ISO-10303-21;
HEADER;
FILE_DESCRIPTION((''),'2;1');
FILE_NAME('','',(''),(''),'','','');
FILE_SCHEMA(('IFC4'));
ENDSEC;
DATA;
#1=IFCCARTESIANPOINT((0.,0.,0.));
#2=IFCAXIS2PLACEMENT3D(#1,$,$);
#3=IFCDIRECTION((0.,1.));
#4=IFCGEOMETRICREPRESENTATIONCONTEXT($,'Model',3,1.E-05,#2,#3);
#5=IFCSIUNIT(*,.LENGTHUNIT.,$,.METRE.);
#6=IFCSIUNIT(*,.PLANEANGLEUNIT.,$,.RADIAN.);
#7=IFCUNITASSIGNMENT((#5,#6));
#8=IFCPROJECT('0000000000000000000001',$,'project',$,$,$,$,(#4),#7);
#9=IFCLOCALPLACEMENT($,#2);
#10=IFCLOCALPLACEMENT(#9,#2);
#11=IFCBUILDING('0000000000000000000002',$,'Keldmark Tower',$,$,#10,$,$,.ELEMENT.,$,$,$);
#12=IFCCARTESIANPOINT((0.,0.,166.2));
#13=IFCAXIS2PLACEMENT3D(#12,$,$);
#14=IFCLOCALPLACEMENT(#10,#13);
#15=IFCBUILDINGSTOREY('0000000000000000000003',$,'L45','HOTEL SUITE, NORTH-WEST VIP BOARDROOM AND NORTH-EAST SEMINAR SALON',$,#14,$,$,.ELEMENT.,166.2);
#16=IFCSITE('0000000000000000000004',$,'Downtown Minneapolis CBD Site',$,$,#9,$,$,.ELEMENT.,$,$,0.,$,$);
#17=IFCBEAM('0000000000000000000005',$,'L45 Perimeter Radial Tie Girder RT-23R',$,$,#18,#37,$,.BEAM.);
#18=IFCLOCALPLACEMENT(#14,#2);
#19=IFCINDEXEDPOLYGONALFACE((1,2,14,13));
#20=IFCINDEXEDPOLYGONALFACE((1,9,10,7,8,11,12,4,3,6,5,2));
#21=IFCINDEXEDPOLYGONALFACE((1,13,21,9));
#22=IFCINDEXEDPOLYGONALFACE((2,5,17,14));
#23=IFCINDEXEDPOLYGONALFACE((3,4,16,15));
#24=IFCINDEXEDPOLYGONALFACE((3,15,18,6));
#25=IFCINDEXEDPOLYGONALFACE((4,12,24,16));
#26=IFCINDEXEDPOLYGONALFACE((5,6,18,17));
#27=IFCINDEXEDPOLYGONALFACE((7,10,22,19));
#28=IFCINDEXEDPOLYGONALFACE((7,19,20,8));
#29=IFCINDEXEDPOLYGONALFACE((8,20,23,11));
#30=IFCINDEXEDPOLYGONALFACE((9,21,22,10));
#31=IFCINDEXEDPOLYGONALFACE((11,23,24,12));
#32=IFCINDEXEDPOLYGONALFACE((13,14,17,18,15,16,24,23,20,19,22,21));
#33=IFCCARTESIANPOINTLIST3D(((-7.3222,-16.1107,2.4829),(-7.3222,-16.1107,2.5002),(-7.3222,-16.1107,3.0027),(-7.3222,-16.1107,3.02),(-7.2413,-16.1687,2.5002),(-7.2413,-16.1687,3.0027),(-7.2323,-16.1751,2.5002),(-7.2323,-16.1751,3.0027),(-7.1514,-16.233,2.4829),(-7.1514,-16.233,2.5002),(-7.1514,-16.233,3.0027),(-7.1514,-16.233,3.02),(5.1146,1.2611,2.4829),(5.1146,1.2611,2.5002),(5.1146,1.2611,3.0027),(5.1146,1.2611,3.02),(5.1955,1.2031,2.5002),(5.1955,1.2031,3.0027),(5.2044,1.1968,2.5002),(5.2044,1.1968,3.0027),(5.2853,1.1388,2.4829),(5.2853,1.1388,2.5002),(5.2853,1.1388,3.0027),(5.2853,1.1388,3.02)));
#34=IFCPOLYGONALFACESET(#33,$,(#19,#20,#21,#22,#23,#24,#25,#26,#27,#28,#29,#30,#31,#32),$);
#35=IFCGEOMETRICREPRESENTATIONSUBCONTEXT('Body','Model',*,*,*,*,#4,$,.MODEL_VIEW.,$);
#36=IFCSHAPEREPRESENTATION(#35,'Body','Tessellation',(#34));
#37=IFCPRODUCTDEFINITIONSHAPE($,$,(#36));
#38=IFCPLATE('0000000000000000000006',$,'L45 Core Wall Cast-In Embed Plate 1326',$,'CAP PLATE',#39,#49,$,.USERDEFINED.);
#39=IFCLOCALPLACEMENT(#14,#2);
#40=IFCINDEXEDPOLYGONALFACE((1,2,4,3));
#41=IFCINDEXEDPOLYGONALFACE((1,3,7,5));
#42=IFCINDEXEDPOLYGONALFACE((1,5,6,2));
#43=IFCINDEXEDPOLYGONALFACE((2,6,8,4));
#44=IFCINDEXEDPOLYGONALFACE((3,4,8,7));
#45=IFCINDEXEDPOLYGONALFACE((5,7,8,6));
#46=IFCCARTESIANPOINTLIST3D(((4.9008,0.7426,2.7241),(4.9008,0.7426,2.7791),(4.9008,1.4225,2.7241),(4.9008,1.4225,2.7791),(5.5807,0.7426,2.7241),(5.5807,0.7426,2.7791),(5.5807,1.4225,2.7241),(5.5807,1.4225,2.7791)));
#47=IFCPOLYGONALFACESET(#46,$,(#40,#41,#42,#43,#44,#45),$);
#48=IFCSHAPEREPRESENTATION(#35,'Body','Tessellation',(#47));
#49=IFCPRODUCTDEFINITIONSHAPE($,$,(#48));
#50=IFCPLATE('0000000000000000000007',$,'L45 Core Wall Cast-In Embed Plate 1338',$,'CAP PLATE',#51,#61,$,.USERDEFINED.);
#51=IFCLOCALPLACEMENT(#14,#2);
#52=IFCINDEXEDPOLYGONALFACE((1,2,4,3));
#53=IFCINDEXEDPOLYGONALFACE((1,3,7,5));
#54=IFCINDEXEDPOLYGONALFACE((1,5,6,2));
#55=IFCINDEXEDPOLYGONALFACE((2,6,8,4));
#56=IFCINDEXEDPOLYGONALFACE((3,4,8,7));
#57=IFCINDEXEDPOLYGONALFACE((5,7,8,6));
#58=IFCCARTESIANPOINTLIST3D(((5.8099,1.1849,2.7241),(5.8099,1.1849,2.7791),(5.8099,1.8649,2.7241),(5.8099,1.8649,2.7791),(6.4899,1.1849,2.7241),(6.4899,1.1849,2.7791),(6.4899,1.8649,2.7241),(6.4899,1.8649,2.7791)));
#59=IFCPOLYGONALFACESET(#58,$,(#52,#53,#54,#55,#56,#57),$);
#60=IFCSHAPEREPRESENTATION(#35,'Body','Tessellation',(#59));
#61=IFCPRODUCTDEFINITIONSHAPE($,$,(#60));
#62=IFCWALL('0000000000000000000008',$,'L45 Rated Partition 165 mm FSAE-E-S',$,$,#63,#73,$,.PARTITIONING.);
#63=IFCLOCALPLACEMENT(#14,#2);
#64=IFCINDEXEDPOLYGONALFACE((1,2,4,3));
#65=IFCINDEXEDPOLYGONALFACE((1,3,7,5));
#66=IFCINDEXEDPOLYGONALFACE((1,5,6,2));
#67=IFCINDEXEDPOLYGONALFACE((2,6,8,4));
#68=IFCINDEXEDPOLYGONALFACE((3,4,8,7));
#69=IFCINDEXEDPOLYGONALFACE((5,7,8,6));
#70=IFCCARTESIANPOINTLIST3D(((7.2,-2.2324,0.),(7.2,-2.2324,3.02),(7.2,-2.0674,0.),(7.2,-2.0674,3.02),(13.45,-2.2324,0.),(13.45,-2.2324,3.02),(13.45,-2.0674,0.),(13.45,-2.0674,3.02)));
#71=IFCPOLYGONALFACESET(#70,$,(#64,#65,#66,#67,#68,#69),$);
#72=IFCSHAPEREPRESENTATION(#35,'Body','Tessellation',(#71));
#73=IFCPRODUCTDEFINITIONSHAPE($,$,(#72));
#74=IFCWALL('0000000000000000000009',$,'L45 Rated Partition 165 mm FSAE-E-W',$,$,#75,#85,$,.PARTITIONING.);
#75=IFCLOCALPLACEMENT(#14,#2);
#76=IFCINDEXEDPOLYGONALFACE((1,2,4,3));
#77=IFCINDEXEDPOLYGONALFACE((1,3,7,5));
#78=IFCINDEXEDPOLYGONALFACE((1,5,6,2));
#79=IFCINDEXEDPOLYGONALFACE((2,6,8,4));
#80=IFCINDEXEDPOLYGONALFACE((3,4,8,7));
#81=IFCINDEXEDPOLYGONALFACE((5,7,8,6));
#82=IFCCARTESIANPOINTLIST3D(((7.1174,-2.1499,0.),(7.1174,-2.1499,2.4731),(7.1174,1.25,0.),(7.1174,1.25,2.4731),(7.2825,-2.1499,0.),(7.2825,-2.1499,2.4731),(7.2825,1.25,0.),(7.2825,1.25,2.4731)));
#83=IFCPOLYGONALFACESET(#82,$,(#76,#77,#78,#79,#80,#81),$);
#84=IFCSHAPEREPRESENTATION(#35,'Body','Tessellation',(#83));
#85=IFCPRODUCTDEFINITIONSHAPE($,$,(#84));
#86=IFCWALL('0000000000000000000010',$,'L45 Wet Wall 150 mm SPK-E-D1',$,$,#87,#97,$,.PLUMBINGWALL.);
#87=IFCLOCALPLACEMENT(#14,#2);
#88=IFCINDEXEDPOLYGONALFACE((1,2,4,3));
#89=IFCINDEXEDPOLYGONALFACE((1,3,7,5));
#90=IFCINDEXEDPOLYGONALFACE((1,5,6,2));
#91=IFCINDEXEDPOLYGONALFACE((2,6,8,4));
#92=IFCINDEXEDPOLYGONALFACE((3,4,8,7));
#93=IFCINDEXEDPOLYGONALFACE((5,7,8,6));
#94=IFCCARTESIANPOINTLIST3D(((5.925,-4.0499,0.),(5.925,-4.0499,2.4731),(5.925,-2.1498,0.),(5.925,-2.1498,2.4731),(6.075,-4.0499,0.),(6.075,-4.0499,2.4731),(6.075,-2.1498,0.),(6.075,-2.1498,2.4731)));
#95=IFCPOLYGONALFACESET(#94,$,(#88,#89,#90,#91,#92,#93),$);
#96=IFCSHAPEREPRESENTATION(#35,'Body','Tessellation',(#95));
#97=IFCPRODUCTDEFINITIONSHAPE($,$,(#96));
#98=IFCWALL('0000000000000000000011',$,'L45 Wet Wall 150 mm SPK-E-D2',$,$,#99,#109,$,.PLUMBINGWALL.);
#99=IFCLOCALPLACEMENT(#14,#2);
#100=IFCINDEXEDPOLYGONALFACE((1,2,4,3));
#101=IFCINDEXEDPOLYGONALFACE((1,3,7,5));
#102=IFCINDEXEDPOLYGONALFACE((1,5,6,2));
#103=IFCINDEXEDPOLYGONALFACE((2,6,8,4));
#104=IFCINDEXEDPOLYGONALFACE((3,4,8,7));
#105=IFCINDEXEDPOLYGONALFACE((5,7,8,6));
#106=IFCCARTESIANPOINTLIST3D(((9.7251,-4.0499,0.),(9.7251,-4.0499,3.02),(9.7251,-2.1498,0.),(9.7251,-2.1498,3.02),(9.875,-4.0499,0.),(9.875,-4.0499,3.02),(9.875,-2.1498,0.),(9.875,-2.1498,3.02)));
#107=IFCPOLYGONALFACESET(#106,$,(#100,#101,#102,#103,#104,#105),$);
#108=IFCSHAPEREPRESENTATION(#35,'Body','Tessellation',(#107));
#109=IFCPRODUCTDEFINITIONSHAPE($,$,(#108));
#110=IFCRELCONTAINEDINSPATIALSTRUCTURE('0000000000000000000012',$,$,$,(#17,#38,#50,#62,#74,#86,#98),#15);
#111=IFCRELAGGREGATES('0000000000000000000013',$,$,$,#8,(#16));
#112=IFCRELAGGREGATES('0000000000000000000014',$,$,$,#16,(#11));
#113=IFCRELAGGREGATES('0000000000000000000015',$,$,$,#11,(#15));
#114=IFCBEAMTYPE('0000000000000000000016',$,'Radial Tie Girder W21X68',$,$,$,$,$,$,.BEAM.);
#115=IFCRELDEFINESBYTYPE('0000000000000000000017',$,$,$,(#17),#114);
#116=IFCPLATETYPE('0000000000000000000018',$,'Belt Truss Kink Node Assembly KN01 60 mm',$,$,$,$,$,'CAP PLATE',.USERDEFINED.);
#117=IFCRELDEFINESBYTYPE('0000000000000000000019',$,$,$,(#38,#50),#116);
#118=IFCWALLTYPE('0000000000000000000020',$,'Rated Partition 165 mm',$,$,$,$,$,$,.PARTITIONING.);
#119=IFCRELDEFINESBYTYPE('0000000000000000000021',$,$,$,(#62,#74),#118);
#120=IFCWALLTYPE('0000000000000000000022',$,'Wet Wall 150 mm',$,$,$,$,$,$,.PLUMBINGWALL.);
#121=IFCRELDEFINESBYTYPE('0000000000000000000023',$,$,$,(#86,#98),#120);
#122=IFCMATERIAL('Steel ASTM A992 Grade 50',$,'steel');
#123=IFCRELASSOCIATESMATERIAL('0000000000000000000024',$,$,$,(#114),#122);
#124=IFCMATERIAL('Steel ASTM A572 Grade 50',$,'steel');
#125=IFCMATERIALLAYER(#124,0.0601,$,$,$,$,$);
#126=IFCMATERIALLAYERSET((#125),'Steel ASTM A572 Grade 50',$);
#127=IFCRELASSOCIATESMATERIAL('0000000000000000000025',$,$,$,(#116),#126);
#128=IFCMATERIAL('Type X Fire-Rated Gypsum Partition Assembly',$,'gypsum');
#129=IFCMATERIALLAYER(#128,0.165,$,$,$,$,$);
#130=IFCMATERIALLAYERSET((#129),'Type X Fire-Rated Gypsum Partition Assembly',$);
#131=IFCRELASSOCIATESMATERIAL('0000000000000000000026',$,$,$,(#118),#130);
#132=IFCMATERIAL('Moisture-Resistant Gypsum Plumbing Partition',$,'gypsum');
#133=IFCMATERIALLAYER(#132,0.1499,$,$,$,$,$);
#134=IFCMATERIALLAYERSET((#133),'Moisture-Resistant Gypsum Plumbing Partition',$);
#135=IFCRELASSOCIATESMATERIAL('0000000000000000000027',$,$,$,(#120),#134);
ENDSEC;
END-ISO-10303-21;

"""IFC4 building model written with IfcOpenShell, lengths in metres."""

from ifc_helpers import new_model, si_unit, direction, frame, frame_2d, origin, origin_2d, place, context, subcontext, project, spatial, rectangle, i_section, extrude, material, layer, layer_set, material_profile, profile_set, type_object, element, save


model = new_model("IFC4")

# Units and contexts
model_context = context("Model", 3, precision=1e-05, world=origin(), true_north=direction((0.0, 1.0)))
body_context = subcontext(model_context, "Body", "Model", "MODEL_VIEW")
ifc_project = project(units=[si_unit("LENGTHUNIT", "METRE"), si_unit("PLANEANGLEUNIT", "RADIAN")], contexts=[model_context])

# Site, building, storey
site_placement = place(None, origin())
site = spatial("IfcSite", under=ifc_project, at=site_placement, Name="Downtown Minneapolis CBD Site", CompositionType="ELEMENT", RefElevation=0.0)
building_placement = place(site_placement, origin())
building = spatial("IfcBuilding", under=site, at=building_placement, Name="Keldmark Tower", CompositionType="ELEMENT")
storey_placement = place(building_placement, frame((0.0, 0.0, 166.2)))
storey = spatial("IfcBuildingStorey", under=building, at=storey_placement, Name="L45", Description="HOTEL SUITE, NORTH-WEST VIP BOARDROOM AND NORTH-EAST SEMINAR SALON", CompositionType="ELEMENT", Elevation=166.2)

# Beam
ifc_material_1 = material(Name="Steel ASTM A992 Grade 50", Category="steel")
ifc_material_profile_1 = material_profile(ifc_material_1, i_section(OverallWidth=0.21, OverallDepth=0.5371, WebThickness=0.011, FlangeThickness=0.0173, at=origin_2d()), Name="W21X68")
ifc_profile_set_1 = profile_set([ifc_material_profile_1], Name="Steel ASTM A992 Grade 50")
beam_type_1 = type_object("IfcBeamType", Name="Radial Tie Girder W21X68", PredefinedType="BEAM", material=ifc_profile_set_1)
beam_1_placement = place(storey_placement, frame((5.2, 1.2, 2.7515), z_axis=(-0.582116, -0.813106, 0.0), x_axis=(0.813106, -0.582116, 0.0)))
element("IfcBeam", 1, at=beam_1_placement, inside=storey, type_object=beam_type_1, Name="L45 Perimeter Radial Tie Girder RT-23R", PredefinedType="BEAM", context=body_context, shape_type="SweptSolid", body=[
    extrude(i_section(OverallWidth=0.21, OverallDepth=0.5371, WebThickness=0.011, FlangeThickness=0.0173, at=origin_2d()), origin(), (0.0, 0.0, 1.0), 21.3647),
])

# Plates
ifc_material_2 = material(Name="Steel ASTM A572 Grade 50", Category="steel")
ifc_layer_1 = layer(ifc_material_2, 0.0601)
ifc_layer_set_1 = layer_set([ifc_layer_1], Name="Steel ASTM A572 Grade 50")
plate_type = type_object("IfcPlateType", Name="Belt Truss Kink Node Assembly KN01 60 mm", ElementType="CAP PLATE", PredefinedType="USERDEFINED", material=ifc_layer_set_1)
for number, where, z_axis, x_axis, name in (
    (2, (5.2407, 1.0825, 2.7241), (0.0, 0.0, 1.0), (1.0, 0.0, 0.0), "L45 Core Wall Cast-In Embed Plate 1326"),
    (3, (6.1499, 1.5249, 2.7241), (0.0, 0.0, 1.0), (1.0, 0.0, 0.0), "L45 Core Wall Cast-In Embed Plate 1338"),
):
    element("IfcPlate", number, at=place(storey_placement, frame(where, z_axis=z_axis, x_axis=x_axis)), inside=storey, type_object=plate_type, Name=name, ObjectType="CAP PLATE", PredefinedType="USERDEFINED", context=body_context, shape_type="SweptSolid", body=[
        extrude(rectangle(XDim=0.6799, YDim=0.6799, at=origin_2d()), origin(), (0.0, 0.0, 1.0), 0.0549),
    ])

# Walls
ifc_material_3 = material(Name="Type X Fire-Rated Gypsum Partition Assembly", Category="gypsum")
ifc_layer_2 = layer(ifc_material_3, 0.165)
ifc_layer_set_2 = layer_set([ifc_layer_2], Name="Type X Fire-Rated Gypsum Partition Assembly")
wall_type_1 = type_object("IfcWallType", Name="Rated Partition 165 mm", PredefinedType="PARTITIONING", material=ifc_layer_set_2)
wall_1_placement = place(storey_placement, frame((7.2, -2.1499, 0.0), z_axis=(0.0, 0.0, 1.0), x_axis=(1.0, 0.0, 0.0)))
element("IfcWall", 4, at=wall_1_placement, inside=storey, type_object=wall_type_1, Name="L45 Rated Partition 165 mm FSAE-E-S", PredefinedType="PARTITIONING", context=body_context, shape_type="SweptSolid", body=[
    extrude(rectangle(XDim=6.25, YDim=0.165, at=frame_2d((3.125, 0.0))), origin(), (0.0, 0.0, 1.0), 3.02),
])
wall_2_placement = place(storey_placement, frame((7.2, -2.1499, 0.0), z_axis=(0.0, 0.0, 1.0), x_axis=(0.0, 1.0, 0.0)))
element("IfcWall", 5, at=wall_2_placement, inside=storey, type_object=wall_type_1, Name="L45 Rated Partition 165 mm FSAE-E-W", PredefinedType="PARTITIONING", context=body_context, shape_type="SweptSolid", body=[
    extrude(rectangle(XDim=3.3999, YDim=0.165, at=frame_2d((1.7, 0.0))), origin(), (0.0, 0.0, 1.0), 2.4731),
])
ifc_material_4 = material(Name="Moisture-Resistant Gypsum Plumbing Partition", Category="gypsum")
ifc_layer_3 = layer(ifc_material_4, 0.1499)
ifc_layer_set_3 = layer_set([ifc_layer_3], Name="Moisture-Resistant Gypsum Plumbing Partition")
wall_type_2 = type_object("IfcWallType", Name="Wet Wall 150 mm", PredefinedType="PLUMBINGWALL", material=ifc_layer_set_3)
wall_3_placement = place(storey_placement, frame((6.0, -4.05, 0.0), z_axis=(0.0, 0.0, 1.0), x_axis=(0.0, 1.0, 0.0)))
element("IfcWall", 6, at=wall_3_placement, inside=storey, type_object=wall_type_2, Name="L45 Wet Wall 150 mm SPK-E-D1", PredefinedType="PLUMBINGWALL", context=body_context, shape_type="SweptSolid", body=[
    extrude(rectangle(XDim=1.9001, YDim=0.1499, at=frame_2d((0.9502, 0.0))), origin(), (0.0, 0.0, 1.0), 2.4731),
])
wall_4_placement = place(storey_placement, frame((9.8, -4.05, 0.0), z_axis=(0.0, 0.0, 1.0), x_axis=(0.0, 1.0, 0.0)))
element("IfcWall", 7, at=wall_4_placement, inside=storey, type_object=wall_type_2, Name="L45 Wet Wall 150 mm SPK-E-D2", PredefinedType="PLUMBINGWALL", context=body_context, shape_type="SweptSolid", body=[
    extrude(rectangle(XDim=1.9001, YDim=0.1499, at=frame_2d((0.9502, 0.0))), origin(), (0.0, 0.0, 1.0), 3.02),
])

save(model, "model.ifc")
